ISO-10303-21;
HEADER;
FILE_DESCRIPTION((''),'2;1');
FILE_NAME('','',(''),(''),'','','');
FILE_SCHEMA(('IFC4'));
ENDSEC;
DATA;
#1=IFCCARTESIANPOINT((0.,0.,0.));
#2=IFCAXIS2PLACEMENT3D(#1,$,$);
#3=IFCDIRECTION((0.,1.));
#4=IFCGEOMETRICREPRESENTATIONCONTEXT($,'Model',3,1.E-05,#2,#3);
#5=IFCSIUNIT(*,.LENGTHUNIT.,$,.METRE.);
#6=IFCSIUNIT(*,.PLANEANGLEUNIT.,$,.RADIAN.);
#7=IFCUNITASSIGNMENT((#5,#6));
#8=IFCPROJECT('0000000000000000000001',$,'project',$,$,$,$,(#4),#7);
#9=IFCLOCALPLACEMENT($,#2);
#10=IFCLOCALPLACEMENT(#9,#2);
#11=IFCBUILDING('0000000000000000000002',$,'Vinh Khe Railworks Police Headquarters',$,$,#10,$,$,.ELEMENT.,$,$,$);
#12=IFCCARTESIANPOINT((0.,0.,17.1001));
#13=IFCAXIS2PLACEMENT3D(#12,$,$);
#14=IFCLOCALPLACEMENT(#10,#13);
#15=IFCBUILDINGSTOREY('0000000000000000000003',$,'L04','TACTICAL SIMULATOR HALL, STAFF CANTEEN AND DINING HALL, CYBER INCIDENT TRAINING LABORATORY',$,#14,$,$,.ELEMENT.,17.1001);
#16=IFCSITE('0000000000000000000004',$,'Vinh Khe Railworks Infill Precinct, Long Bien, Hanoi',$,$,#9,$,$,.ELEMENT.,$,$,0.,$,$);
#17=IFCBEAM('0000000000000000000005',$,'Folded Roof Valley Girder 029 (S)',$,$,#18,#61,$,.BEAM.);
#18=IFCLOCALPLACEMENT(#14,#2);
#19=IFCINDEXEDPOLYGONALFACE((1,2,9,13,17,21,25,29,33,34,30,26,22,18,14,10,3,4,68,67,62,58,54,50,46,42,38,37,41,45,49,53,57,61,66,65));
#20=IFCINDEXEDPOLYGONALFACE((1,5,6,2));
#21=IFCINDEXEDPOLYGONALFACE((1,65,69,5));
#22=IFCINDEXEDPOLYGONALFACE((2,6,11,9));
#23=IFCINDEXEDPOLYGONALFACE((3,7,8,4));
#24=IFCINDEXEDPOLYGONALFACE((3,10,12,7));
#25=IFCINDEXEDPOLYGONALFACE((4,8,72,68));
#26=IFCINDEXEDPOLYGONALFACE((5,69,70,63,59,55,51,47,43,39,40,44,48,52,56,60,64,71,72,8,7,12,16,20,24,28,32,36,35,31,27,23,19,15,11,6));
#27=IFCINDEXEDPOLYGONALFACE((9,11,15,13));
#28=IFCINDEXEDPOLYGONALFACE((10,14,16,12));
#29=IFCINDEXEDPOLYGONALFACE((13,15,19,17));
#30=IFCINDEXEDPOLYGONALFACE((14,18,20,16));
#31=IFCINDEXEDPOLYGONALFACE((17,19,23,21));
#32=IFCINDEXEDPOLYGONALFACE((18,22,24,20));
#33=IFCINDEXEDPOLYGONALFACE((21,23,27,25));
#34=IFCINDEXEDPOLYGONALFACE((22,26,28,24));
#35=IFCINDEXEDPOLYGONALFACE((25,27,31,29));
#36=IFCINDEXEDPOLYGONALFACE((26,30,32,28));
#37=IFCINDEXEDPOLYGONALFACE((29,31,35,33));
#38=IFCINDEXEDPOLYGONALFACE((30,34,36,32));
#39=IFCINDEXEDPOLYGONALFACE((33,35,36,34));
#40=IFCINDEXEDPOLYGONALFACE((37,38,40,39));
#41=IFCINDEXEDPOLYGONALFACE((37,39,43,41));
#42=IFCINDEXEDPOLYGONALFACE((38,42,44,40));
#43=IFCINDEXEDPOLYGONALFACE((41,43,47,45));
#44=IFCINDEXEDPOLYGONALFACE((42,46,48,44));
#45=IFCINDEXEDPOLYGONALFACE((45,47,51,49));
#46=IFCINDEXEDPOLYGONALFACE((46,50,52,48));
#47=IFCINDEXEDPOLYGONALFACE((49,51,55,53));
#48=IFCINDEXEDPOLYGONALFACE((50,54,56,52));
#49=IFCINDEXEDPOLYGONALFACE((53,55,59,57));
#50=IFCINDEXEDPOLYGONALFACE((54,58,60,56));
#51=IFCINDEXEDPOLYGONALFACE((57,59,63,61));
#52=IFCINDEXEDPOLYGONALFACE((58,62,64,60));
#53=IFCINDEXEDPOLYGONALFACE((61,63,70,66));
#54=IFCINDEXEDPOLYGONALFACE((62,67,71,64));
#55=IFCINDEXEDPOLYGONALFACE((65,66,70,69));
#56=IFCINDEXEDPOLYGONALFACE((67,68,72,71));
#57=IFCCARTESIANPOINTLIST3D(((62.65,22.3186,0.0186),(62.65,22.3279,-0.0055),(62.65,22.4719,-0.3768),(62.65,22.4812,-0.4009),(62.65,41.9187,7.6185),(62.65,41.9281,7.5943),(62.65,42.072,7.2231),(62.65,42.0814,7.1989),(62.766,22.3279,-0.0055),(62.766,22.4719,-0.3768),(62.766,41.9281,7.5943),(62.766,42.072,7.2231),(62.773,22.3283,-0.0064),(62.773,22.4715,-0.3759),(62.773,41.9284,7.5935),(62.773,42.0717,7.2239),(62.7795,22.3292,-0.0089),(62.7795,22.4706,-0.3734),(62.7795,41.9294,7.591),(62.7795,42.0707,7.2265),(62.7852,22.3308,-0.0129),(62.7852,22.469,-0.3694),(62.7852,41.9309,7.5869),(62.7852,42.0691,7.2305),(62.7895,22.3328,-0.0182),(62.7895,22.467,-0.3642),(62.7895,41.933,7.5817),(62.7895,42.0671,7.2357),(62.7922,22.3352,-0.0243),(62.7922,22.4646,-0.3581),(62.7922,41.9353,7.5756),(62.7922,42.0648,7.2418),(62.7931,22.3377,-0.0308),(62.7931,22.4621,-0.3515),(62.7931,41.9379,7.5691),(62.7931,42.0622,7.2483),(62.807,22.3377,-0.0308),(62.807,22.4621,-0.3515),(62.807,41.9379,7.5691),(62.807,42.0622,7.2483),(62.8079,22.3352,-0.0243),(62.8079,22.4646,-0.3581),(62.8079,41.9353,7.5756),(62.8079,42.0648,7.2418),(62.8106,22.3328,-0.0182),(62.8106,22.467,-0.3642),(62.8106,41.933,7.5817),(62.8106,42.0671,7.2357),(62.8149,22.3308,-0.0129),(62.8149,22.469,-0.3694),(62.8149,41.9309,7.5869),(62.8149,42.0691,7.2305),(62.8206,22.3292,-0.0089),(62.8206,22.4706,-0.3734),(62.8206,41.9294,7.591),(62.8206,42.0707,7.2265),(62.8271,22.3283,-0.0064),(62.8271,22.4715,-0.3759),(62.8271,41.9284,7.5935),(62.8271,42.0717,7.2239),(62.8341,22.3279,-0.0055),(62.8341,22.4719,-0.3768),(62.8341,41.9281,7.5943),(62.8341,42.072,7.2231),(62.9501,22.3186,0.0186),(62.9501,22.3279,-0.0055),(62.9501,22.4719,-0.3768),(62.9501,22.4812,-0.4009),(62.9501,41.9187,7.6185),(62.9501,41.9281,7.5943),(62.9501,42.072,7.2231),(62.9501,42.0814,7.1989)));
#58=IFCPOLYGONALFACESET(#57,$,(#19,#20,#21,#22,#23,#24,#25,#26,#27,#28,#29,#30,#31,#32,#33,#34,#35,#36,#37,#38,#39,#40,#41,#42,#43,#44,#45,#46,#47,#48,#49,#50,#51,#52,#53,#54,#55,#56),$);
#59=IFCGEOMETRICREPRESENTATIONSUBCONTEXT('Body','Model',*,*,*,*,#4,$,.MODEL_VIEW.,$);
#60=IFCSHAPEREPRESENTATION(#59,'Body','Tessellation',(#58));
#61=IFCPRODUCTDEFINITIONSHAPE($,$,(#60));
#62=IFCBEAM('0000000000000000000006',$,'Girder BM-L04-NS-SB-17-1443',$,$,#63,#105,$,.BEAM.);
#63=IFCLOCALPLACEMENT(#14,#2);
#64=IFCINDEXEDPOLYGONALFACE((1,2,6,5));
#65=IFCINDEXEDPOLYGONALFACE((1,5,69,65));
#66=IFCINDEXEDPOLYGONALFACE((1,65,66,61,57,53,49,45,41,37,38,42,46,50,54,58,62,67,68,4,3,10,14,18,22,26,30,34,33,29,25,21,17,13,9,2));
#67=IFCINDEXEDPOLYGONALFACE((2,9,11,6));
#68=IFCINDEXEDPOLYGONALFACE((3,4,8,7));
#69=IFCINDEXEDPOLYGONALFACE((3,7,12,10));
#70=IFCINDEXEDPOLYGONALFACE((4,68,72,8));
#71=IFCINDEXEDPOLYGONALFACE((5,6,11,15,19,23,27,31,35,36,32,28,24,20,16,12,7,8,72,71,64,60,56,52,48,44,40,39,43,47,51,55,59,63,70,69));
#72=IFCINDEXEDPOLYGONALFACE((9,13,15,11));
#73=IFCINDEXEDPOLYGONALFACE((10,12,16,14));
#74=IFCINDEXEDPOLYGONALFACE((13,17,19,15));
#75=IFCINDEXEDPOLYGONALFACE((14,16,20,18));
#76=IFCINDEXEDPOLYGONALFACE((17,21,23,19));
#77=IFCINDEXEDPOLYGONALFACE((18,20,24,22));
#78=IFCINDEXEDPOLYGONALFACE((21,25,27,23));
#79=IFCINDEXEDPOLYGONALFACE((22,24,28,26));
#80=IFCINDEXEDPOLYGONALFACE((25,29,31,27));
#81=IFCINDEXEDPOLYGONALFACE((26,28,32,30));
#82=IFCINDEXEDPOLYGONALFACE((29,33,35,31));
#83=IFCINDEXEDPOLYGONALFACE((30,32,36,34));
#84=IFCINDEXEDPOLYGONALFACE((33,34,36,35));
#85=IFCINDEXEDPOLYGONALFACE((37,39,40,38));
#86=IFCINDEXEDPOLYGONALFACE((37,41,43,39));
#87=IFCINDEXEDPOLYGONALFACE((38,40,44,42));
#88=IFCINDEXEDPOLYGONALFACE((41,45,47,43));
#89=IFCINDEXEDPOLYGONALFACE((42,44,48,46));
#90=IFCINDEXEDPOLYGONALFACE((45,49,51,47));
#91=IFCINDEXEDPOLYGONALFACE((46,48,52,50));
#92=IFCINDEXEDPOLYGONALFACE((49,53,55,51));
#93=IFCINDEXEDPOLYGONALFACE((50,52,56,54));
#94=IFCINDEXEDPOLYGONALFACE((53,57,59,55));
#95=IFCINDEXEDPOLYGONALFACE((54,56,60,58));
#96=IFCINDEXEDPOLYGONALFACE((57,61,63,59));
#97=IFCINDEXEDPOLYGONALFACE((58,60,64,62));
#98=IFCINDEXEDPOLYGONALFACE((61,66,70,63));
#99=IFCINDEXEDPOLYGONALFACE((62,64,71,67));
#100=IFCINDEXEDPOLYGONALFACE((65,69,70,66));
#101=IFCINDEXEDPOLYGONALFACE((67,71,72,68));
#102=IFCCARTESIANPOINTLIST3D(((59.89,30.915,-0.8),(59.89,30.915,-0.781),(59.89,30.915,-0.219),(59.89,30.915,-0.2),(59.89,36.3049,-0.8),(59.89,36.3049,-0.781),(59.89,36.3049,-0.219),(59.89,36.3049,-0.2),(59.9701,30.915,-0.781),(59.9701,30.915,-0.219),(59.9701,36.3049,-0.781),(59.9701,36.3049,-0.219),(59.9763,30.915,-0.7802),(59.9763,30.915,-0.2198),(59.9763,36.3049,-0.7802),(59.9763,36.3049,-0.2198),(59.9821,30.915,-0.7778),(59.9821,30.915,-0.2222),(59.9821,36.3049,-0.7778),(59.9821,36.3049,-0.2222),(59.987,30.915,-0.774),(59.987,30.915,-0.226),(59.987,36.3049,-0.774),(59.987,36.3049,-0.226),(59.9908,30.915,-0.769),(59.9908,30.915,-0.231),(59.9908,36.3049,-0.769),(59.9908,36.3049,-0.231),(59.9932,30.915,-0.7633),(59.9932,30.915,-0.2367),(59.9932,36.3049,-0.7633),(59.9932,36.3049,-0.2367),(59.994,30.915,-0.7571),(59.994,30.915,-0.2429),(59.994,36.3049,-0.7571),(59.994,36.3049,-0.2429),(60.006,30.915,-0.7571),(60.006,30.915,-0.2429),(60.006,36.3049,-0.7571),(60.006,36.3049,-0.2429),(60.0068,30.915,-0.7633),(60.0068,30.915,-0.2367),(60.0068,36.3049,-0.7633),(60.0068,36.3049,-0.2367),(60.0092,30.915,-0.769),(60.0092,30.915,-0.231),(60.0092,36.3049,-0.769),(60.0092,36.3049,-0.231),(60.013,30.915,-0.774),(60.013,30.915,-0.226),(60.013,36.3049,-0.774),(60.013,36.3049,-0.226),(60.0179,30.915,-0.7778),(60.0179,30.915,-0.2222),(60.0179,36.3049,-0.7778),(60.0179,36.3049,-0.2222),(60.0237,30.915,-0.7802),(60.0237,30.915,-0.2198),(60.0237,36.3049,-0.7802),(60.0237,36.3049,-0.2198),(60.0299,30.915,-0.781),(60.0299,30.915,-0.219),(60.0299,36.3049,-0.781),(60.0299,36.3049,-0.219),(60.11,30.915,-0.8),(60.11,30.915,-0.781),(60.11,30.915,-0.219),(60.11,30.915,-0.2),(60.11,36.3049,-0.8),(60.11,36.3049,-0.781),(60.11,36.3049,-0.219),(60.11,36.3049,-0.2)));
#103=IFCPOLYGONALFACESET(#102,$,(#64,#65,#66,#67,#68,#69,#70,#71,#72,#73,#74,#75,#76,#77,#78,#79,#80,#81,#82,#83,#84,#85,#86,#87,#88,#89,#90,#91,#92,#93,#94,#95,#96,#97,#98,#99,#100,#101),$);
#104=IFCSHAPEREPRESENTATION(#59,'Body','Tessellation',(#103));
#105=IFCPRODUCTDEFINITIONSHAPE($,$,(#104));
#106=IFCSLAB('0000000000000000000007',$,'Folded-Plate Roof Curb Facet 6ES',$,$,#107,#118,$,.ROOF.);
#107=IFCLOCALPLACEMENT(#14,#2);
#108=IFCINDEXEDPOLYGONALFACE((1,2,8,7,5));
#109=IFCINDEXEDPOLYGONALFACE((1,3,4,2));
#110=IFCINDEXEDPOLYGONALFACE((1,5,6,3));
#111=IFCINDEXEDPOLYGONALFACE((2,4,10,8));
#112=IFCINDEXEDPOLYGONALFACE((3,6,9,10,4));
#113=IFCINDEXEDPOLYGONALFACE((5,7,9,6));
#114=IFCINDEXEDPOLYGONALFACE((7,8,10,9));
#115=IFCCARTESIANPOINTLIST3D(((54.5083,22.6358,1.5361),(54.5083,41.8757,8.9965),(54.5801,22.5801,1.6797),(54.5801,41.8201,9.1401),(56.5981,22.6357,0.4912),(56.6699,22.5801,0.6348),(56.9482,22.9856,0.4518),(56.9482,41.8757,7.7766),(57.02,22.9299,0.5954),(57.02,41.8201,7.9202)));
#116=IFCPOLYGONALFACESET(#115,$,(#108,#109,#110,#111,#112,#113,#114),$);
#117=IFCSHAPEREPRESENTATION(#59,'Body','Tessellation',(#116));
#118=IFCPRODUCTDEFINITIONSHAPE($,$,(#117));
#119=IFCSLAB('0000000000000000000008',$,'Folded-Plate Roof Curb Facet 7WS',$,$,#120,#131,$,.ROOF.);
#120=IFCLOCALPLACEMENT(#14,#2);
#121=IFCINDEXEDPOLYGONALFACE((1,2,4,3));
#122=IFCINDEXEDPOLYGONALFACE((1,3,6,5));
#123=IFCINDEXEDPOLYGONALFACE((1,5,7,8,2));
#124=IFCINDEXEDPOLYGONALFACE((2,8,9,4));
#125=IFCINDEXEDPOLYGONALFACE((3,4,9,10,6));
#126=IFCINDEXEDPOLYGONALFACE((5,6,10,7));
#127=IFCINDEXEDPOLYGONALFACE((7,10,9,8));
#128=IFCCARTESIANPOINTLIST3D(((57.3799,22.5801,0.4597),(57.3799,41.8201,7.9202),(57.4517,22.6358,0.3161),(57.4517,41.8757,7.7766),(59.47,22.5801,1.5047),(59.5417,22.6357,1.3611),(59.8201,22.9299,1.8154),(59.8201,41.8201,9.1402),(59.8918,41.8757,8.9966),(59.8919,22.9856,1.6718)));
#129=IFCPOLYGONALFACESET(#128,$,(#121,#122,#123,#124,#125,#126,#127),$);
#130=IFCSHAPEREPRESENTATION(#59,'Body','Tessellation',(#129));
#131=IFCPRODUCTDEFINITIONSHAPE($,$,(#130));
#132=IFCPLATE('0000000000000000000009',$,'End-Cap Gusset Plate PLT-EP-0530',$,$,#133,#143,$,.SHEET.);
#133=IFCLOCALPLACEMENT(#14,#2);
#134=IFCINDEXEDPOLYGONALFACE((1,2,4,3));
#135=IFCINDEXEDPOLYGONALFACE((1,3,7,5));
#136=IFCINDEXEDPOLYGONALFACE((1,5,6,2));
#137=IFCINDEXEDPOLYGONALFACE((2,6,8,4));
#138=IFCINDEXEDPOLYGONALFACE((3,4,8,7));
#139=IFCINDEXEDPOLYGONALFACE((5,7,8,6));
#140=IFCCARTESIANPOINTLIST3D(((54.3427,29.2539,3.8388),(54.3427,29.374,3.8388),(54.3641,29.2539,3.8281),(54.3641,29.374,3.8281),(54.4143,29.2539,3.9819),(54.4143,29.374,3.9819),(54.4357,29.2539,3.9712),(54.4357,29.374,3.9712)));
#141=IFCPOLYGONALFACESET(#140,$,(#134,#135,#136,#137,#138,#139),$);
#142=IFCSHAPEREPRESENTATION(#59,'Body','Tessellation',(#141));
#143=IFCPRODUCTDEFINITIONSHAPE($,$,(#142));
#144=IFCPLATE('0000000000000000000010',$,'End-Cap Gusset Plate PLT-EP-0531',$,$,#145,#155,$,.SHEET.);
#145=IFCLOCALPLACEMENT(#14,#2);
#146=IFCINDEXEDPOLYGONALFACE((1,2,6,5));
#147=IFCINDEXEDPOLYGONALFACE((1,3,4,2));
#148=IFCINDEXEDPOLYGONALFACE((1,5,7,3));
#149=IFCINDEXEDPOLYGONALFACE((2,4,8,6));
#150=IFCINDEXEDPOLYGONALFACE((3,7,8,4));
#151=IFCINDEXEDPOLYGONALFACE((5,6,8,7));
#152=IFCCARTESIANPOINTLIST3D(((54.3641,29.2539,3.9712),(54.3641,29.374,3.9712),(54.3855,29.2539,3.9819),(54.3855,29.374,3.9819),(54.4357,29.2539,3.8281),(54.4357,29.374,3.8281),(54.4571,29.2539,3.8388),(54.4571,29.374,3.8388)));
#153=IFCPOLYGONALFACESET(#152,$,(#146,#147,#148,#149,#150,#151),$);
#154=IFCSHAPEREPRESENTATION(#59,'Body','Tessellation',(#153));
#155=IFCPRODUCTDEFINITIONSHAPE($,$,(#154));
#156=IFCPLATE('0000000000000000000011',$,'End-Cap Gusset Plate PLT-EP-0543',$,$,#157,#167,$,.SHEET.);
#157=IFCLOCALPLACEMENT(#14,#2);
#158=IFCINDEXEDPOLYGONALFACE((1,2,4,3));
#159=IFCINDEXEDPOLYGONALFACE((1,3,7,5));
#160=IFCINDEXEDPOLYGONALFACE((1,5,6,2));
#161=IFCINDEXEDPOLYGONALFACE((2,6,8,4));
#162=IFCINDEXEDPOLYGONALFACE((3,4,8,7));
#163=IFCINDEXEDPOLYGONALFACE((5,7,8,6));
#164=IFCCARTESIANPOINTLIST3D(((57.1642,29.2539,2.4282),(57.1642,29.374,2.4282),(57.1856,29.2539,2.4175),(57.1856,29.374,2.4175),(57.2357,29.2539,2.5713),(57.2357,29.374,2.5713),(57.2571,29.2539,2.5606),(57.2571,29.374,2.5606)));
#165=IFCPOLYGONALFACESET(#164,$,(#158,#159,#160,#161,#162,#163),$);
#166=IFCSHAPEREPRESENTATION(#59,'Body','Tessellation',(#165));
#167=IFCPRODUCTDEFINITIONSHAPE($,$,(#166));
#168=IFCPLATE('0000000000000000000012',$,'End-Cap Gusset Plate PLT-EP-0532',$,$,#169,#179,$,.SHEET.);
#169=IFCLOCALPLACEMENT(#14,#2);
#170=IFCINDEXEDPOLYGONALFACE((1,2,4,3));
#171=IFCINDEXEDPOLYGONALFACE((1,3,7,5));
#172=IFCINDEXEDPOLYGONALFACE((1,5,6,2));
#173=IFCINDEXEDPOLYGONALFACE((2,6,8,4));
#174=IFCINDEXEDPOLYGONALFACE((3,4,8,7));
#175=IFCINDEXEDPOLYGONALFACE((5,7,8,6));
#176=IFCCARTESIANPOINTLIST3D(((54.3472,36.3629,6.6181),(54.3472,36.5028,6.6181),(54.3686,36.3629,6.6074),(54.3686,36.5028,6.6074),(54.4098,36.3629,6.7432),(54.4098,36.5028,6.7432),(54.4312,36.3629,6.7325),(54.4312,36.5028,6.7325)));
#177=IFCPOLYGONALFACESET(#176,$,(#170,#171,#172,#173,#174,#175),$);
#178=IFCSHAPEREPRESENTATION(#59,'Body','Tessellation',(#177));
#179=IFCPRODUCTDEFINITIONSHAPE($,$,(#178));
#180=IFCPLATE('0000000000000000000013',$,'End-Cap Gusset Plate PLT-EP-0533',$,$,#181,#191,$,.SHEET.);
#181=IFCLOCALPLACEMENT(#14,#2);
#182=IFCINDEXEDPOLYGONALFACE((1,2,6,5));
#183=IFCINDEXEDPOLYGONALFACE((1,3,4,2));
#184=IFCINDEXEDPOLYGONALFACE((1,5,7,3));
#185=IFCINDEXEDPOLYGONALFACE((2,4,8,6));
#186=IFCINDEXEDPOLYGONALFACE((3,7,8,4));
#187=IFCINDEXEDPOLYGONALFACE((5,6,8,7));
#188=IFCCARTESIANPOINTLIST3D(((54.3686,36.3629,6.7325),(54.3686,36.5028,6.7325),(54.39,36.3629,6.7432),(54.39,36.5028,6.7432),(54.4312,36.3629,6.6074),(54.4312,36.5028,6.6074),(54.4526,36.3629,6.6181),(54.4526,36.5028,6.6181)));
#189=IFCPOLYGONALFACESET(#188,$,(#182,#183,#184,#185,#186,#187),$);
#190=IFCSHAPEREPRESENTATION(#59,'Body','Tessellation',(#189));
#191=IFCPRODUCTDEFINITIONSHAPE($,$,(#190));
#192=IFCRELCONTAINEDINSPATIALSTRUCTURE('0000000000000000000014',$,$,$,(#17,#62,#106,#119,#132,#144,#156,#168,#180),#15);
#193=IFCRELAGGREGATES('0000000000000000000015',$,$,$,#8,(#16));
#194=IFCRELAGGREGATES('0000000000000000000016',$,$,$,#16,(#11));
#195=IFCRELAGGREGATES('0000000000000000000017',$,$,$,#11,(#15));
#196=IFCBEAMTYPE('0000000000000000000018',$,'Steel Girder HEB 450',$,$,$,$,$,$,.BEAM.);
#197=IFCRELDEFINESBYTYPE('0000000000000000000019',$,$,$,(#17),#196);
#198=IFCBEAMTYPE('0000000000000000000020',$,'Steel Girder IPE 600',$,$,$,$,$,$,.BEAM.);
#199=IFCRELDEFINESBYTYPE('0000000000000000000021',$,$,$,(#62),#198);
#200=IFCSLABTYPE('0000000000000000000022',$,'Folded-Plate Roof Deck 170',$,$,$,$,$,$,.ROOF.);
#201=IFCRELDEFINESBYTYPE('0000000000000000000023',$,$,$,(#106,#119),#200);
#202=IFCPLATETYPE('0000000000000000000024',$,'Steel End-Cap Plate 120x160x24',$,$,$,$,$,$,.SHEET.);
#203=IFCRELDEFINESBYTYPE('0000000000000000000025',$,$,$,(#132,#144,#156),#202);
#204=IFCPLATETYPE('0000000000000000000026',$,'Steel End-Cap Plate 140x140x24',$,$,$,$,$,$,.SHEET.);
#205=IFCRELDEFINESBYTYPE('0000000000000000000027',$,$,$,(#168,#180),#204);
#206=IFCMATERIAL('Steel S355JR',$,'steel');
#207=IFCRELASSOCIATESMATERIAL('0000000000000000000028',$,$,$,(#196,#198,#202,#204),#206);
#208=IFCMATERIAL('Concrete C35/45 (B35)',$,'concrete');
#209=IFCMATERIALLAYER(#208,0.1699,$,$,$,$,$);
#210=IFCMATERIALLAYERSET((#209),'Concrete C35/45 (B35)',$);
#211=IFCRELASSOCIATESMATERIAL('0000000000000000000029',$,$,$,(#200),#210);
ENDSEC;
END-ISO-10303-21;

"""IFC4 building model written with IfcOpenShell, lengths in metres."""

from ifc_helpers import new_model, si_unit, direction, frame, origin, origin_2d, place, context, subcontext, project, spatial, polyline, rectangle, i_section, outline, extrude, material, layer, layer_set, material_profile, profile_set, type_object, element, save


model = new_model("IFC4")

# Units and contexts
model_context = context("Model", 3, precision=1e-05, world=origin(), true_north=direction((0.0, 1.0)))
body_context = subcontext(model_context, "Body", "Model", "MODEL_VIEW")
ifc_project = project(units=[si_unit("LENGTHUNIT", "METRE"), si_unit("PLANEANGLEUNIT", "RADIAN")], contexts=[model_context])

# Site, building, storey
site_placement = place(None, origin())
site = spatial("IfcSite", under=ifc_project, at=site_placement, Name="Vinh Khe Railworks Infill Precinct, Long Bien, Hanoi", CompositionType="ELEMENT", RefElevation=0.0)
building_placement = place(site_placement, origin())
building = spatial("IfcBuilding", under=site, at=building_placement, Name="Vinh Khe Railworks Police Headquarters", CompositionType="ELEMENT")
storey_placement = place(building_placement, frame((0.0, 0.0, 17.1001)))
storey = spatial("IfcBuildingStorey", under=building, at=storey_placement, Name="L04", Description="TACTICAL SIMULATOR HALL, STAFF CANTEEN AND DINING HALL, CYBER INCIDENT TRAINING LABORATORY", CompositionType="ELEMENT", Elevation=17.1001)

# Shared definitions
ifc_material_1 = material(Name="Steel S355JR", Category="steel")

# Beams
ifc_material_profile_1 = material_profile(ifc_material_1, i_section(OverallWidth=0.3, OverallDepth=0.45, WebThickness=0.0139, FlangeThickness=0.0259, FilletRadius=0.0271, at=origin_2d()), Name="HEB 450")
ifc_profile_set_1 = profile_set([ifc_material_profile_1], Name="Steel S355JR")
beam_type_1 = type_object("IfcBeamType", Name="Steel Girder HEB 450", PredefinedType="BEAM", material=ifc_profile_set_1)
for number, where, z_axis, x_axis, name in (
    (1, (62.8, 22.3999, -0.1912), (0.0, 0.932364, 0.36152), (-1.0, 0.0, 0.0), "Folded Roof Valley Girder 029 (S)"),
):
    element("IfcBeam", number, at=place(storey_placement, frame(where, z_axis=z_axis, x_axis=x_axis)), inside=storey, type_object=beam_type_1, Name=name, PredefinedType="BEAM", context=body_context, shape_type="SweptSolid", body=[
        extrude(i_section(OverallWidth=0.3, OverallDepth=0.45, WebThickness=0.0139, FlangeThickness=0.0259, FilletRadius=0.0271, at=origin_2d()), origin(), (0.0, 0.0, 1.0), 21.022),
    ])
ifc_material_profile_2 = material_profile(ifc_material_1, i_section(OverallWidth=0.22, OverallDepth=0.6001, WebThickness=0.012, FlangeThickness=0.019, FilletRadius=0.0239, at=origin_2d()), Name="IPE 600")
ifc_profile_set_2 = profile_set([ifc_material_profile_2], Name="Steel S355JR")
beam_type_2 = type_object("IfcBeamType", Name="Steel Girder IPE 600", PredefinedType="BEAM", material=ifc_profile_set_2)
beam_1_placement = place(storey_placement, frame((60.0, 30.915, -0.5), z_axis=(0.0, 1.0, 0.0), x_axis=(-1.0, 0.0, 0.0)))
element("IfcBeam", 2, at=beam_1_placement, inside=storey, type_object=beam_type_2, Name="Girder BM-L04-NS-SB-17-1443", PredefinedType="BEAM", context=body_context, shape_type="SweptSolid", body=[
    extrude(i_section(OverallWidth=0.22, OverallDepth=0.6001, WebThickness=0.012, FlangeThickness=0.019, FilletRadius=0.0239, at=origin_2d()), origin(), (0.0, 0.0, 1.0), 5.3899),
])

# Slabs
ifc_material_2 = material(Name="Concrete C35/45 (B35)", Category="concrete")
ifc_layer = layer(ifc_material_2, 0.1699)
ifc_layer_set = layer_set([ifc_layer], Name="Concrete C35/45 (B35)")
slab_type = type_object("IfcSlabType", Name="Folded-Plate Roof Deck 170", PredefinedType="ROOF", material=ifc_layer_set)
slab_1_placement = place(storey_placement, frame((54.5801, 22.5801, 1.6797), z_axis=(0.422512, -0.327675, 0.845052), x_axis=(0.894433, -0.000004, -0.447203)))
element("IfcSlab", 3, at=slab_1_placement, inside=storey, type_object=slab_type, Name="Folded-Plate Roof Curb Facet 6ES", PredefinedType="ROOF", context=body_context, shape_type="SweptSolid", body=[
    extrude(outline(polyline([(0.0, 0.0), (2.3365, 0.0), (2.6672, 0.3703), (-0.6085, 20.3643), (-3.3364, 20.3643), (0.0, 0.0)])), origin(), (0.0, 0.0, -1.0), 0.1699),
])
slab_2_placement = place(storey_placement, frame((57.3799, 22.5801, 0.4597), z_axis=(-0.422501, -0.327677, 0.845057), x_axis=(0.89444, -0.000006, 0.447188)))
element("IfcSlab", 4, at=slab_2_placement, inside=storey, type_object=slab_type, Name="Folded-Plate Roof Curb Facet 7WS", PredefinedType="ROOF", context=body_context, shape_type="SweptSolid", body=[
    extrude(outline(polyline([(0.0, 0.0), (2.3367, 0.0), (2.7889, 0.3703), (6.0643, 20.3643), (3.3361, 20.3643), (0.0, 0.0)])), origin(), (0.0, 0.0, -1.0), 0.1699),
])

# Plates
ifc_material_profile_3 = material_profile(ifc_material_1, rectangle(XDim=0.1201, YDim=0.1599, at=origin_2d()), Name="PL 120x160")
ifc_profile_set_3 = profile_set([ifc_material_profile_3], Name="Steel S355JR")
plate_type_1 = type_object("IfcPlateType", Name="Steel End-Cap Plate 120x160x24", PredefinedType="SHEET", material=ifc_profile_set_3)
for number, where, z_axis, x_axis, name in (
    (5, (54.3999, 29.314, 3.8997), (-0.894427, 0.0, 0.447214), (0.0, -1.0, 0.0), "End-Cap Gusset Plate PLT-EP-0530"),
    (6, (54.3999, 29.314, 3.8997), (0.894427, 0.0, 0.447214), (0.0, 1.0, 0.0), "End-Cap Gusset Plate PLT-EP-0531"),
    (7, (57.2, 29.314, 2.4998), (0.894427, 0.0, -0.447214), (0.0, 1.0, 0.0), "End-Cap Gusset Plate PLT-EP-0543"),
):
    element("IfcPlate", number, at=place(storey_placement, frame(where, z_axis=z_axis, x_axis=x_axis)), inside=storey, type_object=plate_type_1, Name=name, PredefinedType="SHEET", context=body_context, shape_type="SweptSolid", body=[
        extrude(rectangle(XDim=0.1201, YDim=0.1599, at=origin_2d()), origin(), (0.0, 0.0, 1.0), 0.0239),
    ])
ifc_material_profile_4 = material_profile(ifc_material_1, rectangle(XDim=0.1399, YDim=0.1399, at=origin_2d()), Name="PL 140x140")
ifc_profile_set_4 = profile_set([ifc_material_profile_4], Name="Steel S355JR")
plate_type_2 = type_object("IfcPlateType", Name="Steel End-Cap Plate 140x140x24", PredefinedType="SHEET", material=ifc_profile_set_4)
for number, where, z_axis, x_axis, name in (
    (8, (54.3999, 36.4329, 6.6699), (-0.894427, 0.0, 0.447214), (0.0, -1.0, 0.0), "End-Cap Gusset Plate PLT-EP-0532"),
    (9, (54.3999, 36.4329, 6.6699), (0.894427, 0.0, 0.447214), (0.0, 1.0, 0.0), "End-Cap Gusset Plate PLT-EP-0533"),
):
    element("IfcPlate", number, at=place(storey_placement, frame(where, z_axis=z_axis, x_axis=x_axis)), inside=storey, type_object=plate_type_2, Name=name, PredefinedType="SHEET", context=body_context, shape_type="SweptSolid", body=[
        extrude(rectangle(XDim=0.1399, YDim=0.1399, at=origin_2d()), origin(), (0.0, 0.0, 1.0), 0.0239),
    ])

save(model, "model.ifc")
